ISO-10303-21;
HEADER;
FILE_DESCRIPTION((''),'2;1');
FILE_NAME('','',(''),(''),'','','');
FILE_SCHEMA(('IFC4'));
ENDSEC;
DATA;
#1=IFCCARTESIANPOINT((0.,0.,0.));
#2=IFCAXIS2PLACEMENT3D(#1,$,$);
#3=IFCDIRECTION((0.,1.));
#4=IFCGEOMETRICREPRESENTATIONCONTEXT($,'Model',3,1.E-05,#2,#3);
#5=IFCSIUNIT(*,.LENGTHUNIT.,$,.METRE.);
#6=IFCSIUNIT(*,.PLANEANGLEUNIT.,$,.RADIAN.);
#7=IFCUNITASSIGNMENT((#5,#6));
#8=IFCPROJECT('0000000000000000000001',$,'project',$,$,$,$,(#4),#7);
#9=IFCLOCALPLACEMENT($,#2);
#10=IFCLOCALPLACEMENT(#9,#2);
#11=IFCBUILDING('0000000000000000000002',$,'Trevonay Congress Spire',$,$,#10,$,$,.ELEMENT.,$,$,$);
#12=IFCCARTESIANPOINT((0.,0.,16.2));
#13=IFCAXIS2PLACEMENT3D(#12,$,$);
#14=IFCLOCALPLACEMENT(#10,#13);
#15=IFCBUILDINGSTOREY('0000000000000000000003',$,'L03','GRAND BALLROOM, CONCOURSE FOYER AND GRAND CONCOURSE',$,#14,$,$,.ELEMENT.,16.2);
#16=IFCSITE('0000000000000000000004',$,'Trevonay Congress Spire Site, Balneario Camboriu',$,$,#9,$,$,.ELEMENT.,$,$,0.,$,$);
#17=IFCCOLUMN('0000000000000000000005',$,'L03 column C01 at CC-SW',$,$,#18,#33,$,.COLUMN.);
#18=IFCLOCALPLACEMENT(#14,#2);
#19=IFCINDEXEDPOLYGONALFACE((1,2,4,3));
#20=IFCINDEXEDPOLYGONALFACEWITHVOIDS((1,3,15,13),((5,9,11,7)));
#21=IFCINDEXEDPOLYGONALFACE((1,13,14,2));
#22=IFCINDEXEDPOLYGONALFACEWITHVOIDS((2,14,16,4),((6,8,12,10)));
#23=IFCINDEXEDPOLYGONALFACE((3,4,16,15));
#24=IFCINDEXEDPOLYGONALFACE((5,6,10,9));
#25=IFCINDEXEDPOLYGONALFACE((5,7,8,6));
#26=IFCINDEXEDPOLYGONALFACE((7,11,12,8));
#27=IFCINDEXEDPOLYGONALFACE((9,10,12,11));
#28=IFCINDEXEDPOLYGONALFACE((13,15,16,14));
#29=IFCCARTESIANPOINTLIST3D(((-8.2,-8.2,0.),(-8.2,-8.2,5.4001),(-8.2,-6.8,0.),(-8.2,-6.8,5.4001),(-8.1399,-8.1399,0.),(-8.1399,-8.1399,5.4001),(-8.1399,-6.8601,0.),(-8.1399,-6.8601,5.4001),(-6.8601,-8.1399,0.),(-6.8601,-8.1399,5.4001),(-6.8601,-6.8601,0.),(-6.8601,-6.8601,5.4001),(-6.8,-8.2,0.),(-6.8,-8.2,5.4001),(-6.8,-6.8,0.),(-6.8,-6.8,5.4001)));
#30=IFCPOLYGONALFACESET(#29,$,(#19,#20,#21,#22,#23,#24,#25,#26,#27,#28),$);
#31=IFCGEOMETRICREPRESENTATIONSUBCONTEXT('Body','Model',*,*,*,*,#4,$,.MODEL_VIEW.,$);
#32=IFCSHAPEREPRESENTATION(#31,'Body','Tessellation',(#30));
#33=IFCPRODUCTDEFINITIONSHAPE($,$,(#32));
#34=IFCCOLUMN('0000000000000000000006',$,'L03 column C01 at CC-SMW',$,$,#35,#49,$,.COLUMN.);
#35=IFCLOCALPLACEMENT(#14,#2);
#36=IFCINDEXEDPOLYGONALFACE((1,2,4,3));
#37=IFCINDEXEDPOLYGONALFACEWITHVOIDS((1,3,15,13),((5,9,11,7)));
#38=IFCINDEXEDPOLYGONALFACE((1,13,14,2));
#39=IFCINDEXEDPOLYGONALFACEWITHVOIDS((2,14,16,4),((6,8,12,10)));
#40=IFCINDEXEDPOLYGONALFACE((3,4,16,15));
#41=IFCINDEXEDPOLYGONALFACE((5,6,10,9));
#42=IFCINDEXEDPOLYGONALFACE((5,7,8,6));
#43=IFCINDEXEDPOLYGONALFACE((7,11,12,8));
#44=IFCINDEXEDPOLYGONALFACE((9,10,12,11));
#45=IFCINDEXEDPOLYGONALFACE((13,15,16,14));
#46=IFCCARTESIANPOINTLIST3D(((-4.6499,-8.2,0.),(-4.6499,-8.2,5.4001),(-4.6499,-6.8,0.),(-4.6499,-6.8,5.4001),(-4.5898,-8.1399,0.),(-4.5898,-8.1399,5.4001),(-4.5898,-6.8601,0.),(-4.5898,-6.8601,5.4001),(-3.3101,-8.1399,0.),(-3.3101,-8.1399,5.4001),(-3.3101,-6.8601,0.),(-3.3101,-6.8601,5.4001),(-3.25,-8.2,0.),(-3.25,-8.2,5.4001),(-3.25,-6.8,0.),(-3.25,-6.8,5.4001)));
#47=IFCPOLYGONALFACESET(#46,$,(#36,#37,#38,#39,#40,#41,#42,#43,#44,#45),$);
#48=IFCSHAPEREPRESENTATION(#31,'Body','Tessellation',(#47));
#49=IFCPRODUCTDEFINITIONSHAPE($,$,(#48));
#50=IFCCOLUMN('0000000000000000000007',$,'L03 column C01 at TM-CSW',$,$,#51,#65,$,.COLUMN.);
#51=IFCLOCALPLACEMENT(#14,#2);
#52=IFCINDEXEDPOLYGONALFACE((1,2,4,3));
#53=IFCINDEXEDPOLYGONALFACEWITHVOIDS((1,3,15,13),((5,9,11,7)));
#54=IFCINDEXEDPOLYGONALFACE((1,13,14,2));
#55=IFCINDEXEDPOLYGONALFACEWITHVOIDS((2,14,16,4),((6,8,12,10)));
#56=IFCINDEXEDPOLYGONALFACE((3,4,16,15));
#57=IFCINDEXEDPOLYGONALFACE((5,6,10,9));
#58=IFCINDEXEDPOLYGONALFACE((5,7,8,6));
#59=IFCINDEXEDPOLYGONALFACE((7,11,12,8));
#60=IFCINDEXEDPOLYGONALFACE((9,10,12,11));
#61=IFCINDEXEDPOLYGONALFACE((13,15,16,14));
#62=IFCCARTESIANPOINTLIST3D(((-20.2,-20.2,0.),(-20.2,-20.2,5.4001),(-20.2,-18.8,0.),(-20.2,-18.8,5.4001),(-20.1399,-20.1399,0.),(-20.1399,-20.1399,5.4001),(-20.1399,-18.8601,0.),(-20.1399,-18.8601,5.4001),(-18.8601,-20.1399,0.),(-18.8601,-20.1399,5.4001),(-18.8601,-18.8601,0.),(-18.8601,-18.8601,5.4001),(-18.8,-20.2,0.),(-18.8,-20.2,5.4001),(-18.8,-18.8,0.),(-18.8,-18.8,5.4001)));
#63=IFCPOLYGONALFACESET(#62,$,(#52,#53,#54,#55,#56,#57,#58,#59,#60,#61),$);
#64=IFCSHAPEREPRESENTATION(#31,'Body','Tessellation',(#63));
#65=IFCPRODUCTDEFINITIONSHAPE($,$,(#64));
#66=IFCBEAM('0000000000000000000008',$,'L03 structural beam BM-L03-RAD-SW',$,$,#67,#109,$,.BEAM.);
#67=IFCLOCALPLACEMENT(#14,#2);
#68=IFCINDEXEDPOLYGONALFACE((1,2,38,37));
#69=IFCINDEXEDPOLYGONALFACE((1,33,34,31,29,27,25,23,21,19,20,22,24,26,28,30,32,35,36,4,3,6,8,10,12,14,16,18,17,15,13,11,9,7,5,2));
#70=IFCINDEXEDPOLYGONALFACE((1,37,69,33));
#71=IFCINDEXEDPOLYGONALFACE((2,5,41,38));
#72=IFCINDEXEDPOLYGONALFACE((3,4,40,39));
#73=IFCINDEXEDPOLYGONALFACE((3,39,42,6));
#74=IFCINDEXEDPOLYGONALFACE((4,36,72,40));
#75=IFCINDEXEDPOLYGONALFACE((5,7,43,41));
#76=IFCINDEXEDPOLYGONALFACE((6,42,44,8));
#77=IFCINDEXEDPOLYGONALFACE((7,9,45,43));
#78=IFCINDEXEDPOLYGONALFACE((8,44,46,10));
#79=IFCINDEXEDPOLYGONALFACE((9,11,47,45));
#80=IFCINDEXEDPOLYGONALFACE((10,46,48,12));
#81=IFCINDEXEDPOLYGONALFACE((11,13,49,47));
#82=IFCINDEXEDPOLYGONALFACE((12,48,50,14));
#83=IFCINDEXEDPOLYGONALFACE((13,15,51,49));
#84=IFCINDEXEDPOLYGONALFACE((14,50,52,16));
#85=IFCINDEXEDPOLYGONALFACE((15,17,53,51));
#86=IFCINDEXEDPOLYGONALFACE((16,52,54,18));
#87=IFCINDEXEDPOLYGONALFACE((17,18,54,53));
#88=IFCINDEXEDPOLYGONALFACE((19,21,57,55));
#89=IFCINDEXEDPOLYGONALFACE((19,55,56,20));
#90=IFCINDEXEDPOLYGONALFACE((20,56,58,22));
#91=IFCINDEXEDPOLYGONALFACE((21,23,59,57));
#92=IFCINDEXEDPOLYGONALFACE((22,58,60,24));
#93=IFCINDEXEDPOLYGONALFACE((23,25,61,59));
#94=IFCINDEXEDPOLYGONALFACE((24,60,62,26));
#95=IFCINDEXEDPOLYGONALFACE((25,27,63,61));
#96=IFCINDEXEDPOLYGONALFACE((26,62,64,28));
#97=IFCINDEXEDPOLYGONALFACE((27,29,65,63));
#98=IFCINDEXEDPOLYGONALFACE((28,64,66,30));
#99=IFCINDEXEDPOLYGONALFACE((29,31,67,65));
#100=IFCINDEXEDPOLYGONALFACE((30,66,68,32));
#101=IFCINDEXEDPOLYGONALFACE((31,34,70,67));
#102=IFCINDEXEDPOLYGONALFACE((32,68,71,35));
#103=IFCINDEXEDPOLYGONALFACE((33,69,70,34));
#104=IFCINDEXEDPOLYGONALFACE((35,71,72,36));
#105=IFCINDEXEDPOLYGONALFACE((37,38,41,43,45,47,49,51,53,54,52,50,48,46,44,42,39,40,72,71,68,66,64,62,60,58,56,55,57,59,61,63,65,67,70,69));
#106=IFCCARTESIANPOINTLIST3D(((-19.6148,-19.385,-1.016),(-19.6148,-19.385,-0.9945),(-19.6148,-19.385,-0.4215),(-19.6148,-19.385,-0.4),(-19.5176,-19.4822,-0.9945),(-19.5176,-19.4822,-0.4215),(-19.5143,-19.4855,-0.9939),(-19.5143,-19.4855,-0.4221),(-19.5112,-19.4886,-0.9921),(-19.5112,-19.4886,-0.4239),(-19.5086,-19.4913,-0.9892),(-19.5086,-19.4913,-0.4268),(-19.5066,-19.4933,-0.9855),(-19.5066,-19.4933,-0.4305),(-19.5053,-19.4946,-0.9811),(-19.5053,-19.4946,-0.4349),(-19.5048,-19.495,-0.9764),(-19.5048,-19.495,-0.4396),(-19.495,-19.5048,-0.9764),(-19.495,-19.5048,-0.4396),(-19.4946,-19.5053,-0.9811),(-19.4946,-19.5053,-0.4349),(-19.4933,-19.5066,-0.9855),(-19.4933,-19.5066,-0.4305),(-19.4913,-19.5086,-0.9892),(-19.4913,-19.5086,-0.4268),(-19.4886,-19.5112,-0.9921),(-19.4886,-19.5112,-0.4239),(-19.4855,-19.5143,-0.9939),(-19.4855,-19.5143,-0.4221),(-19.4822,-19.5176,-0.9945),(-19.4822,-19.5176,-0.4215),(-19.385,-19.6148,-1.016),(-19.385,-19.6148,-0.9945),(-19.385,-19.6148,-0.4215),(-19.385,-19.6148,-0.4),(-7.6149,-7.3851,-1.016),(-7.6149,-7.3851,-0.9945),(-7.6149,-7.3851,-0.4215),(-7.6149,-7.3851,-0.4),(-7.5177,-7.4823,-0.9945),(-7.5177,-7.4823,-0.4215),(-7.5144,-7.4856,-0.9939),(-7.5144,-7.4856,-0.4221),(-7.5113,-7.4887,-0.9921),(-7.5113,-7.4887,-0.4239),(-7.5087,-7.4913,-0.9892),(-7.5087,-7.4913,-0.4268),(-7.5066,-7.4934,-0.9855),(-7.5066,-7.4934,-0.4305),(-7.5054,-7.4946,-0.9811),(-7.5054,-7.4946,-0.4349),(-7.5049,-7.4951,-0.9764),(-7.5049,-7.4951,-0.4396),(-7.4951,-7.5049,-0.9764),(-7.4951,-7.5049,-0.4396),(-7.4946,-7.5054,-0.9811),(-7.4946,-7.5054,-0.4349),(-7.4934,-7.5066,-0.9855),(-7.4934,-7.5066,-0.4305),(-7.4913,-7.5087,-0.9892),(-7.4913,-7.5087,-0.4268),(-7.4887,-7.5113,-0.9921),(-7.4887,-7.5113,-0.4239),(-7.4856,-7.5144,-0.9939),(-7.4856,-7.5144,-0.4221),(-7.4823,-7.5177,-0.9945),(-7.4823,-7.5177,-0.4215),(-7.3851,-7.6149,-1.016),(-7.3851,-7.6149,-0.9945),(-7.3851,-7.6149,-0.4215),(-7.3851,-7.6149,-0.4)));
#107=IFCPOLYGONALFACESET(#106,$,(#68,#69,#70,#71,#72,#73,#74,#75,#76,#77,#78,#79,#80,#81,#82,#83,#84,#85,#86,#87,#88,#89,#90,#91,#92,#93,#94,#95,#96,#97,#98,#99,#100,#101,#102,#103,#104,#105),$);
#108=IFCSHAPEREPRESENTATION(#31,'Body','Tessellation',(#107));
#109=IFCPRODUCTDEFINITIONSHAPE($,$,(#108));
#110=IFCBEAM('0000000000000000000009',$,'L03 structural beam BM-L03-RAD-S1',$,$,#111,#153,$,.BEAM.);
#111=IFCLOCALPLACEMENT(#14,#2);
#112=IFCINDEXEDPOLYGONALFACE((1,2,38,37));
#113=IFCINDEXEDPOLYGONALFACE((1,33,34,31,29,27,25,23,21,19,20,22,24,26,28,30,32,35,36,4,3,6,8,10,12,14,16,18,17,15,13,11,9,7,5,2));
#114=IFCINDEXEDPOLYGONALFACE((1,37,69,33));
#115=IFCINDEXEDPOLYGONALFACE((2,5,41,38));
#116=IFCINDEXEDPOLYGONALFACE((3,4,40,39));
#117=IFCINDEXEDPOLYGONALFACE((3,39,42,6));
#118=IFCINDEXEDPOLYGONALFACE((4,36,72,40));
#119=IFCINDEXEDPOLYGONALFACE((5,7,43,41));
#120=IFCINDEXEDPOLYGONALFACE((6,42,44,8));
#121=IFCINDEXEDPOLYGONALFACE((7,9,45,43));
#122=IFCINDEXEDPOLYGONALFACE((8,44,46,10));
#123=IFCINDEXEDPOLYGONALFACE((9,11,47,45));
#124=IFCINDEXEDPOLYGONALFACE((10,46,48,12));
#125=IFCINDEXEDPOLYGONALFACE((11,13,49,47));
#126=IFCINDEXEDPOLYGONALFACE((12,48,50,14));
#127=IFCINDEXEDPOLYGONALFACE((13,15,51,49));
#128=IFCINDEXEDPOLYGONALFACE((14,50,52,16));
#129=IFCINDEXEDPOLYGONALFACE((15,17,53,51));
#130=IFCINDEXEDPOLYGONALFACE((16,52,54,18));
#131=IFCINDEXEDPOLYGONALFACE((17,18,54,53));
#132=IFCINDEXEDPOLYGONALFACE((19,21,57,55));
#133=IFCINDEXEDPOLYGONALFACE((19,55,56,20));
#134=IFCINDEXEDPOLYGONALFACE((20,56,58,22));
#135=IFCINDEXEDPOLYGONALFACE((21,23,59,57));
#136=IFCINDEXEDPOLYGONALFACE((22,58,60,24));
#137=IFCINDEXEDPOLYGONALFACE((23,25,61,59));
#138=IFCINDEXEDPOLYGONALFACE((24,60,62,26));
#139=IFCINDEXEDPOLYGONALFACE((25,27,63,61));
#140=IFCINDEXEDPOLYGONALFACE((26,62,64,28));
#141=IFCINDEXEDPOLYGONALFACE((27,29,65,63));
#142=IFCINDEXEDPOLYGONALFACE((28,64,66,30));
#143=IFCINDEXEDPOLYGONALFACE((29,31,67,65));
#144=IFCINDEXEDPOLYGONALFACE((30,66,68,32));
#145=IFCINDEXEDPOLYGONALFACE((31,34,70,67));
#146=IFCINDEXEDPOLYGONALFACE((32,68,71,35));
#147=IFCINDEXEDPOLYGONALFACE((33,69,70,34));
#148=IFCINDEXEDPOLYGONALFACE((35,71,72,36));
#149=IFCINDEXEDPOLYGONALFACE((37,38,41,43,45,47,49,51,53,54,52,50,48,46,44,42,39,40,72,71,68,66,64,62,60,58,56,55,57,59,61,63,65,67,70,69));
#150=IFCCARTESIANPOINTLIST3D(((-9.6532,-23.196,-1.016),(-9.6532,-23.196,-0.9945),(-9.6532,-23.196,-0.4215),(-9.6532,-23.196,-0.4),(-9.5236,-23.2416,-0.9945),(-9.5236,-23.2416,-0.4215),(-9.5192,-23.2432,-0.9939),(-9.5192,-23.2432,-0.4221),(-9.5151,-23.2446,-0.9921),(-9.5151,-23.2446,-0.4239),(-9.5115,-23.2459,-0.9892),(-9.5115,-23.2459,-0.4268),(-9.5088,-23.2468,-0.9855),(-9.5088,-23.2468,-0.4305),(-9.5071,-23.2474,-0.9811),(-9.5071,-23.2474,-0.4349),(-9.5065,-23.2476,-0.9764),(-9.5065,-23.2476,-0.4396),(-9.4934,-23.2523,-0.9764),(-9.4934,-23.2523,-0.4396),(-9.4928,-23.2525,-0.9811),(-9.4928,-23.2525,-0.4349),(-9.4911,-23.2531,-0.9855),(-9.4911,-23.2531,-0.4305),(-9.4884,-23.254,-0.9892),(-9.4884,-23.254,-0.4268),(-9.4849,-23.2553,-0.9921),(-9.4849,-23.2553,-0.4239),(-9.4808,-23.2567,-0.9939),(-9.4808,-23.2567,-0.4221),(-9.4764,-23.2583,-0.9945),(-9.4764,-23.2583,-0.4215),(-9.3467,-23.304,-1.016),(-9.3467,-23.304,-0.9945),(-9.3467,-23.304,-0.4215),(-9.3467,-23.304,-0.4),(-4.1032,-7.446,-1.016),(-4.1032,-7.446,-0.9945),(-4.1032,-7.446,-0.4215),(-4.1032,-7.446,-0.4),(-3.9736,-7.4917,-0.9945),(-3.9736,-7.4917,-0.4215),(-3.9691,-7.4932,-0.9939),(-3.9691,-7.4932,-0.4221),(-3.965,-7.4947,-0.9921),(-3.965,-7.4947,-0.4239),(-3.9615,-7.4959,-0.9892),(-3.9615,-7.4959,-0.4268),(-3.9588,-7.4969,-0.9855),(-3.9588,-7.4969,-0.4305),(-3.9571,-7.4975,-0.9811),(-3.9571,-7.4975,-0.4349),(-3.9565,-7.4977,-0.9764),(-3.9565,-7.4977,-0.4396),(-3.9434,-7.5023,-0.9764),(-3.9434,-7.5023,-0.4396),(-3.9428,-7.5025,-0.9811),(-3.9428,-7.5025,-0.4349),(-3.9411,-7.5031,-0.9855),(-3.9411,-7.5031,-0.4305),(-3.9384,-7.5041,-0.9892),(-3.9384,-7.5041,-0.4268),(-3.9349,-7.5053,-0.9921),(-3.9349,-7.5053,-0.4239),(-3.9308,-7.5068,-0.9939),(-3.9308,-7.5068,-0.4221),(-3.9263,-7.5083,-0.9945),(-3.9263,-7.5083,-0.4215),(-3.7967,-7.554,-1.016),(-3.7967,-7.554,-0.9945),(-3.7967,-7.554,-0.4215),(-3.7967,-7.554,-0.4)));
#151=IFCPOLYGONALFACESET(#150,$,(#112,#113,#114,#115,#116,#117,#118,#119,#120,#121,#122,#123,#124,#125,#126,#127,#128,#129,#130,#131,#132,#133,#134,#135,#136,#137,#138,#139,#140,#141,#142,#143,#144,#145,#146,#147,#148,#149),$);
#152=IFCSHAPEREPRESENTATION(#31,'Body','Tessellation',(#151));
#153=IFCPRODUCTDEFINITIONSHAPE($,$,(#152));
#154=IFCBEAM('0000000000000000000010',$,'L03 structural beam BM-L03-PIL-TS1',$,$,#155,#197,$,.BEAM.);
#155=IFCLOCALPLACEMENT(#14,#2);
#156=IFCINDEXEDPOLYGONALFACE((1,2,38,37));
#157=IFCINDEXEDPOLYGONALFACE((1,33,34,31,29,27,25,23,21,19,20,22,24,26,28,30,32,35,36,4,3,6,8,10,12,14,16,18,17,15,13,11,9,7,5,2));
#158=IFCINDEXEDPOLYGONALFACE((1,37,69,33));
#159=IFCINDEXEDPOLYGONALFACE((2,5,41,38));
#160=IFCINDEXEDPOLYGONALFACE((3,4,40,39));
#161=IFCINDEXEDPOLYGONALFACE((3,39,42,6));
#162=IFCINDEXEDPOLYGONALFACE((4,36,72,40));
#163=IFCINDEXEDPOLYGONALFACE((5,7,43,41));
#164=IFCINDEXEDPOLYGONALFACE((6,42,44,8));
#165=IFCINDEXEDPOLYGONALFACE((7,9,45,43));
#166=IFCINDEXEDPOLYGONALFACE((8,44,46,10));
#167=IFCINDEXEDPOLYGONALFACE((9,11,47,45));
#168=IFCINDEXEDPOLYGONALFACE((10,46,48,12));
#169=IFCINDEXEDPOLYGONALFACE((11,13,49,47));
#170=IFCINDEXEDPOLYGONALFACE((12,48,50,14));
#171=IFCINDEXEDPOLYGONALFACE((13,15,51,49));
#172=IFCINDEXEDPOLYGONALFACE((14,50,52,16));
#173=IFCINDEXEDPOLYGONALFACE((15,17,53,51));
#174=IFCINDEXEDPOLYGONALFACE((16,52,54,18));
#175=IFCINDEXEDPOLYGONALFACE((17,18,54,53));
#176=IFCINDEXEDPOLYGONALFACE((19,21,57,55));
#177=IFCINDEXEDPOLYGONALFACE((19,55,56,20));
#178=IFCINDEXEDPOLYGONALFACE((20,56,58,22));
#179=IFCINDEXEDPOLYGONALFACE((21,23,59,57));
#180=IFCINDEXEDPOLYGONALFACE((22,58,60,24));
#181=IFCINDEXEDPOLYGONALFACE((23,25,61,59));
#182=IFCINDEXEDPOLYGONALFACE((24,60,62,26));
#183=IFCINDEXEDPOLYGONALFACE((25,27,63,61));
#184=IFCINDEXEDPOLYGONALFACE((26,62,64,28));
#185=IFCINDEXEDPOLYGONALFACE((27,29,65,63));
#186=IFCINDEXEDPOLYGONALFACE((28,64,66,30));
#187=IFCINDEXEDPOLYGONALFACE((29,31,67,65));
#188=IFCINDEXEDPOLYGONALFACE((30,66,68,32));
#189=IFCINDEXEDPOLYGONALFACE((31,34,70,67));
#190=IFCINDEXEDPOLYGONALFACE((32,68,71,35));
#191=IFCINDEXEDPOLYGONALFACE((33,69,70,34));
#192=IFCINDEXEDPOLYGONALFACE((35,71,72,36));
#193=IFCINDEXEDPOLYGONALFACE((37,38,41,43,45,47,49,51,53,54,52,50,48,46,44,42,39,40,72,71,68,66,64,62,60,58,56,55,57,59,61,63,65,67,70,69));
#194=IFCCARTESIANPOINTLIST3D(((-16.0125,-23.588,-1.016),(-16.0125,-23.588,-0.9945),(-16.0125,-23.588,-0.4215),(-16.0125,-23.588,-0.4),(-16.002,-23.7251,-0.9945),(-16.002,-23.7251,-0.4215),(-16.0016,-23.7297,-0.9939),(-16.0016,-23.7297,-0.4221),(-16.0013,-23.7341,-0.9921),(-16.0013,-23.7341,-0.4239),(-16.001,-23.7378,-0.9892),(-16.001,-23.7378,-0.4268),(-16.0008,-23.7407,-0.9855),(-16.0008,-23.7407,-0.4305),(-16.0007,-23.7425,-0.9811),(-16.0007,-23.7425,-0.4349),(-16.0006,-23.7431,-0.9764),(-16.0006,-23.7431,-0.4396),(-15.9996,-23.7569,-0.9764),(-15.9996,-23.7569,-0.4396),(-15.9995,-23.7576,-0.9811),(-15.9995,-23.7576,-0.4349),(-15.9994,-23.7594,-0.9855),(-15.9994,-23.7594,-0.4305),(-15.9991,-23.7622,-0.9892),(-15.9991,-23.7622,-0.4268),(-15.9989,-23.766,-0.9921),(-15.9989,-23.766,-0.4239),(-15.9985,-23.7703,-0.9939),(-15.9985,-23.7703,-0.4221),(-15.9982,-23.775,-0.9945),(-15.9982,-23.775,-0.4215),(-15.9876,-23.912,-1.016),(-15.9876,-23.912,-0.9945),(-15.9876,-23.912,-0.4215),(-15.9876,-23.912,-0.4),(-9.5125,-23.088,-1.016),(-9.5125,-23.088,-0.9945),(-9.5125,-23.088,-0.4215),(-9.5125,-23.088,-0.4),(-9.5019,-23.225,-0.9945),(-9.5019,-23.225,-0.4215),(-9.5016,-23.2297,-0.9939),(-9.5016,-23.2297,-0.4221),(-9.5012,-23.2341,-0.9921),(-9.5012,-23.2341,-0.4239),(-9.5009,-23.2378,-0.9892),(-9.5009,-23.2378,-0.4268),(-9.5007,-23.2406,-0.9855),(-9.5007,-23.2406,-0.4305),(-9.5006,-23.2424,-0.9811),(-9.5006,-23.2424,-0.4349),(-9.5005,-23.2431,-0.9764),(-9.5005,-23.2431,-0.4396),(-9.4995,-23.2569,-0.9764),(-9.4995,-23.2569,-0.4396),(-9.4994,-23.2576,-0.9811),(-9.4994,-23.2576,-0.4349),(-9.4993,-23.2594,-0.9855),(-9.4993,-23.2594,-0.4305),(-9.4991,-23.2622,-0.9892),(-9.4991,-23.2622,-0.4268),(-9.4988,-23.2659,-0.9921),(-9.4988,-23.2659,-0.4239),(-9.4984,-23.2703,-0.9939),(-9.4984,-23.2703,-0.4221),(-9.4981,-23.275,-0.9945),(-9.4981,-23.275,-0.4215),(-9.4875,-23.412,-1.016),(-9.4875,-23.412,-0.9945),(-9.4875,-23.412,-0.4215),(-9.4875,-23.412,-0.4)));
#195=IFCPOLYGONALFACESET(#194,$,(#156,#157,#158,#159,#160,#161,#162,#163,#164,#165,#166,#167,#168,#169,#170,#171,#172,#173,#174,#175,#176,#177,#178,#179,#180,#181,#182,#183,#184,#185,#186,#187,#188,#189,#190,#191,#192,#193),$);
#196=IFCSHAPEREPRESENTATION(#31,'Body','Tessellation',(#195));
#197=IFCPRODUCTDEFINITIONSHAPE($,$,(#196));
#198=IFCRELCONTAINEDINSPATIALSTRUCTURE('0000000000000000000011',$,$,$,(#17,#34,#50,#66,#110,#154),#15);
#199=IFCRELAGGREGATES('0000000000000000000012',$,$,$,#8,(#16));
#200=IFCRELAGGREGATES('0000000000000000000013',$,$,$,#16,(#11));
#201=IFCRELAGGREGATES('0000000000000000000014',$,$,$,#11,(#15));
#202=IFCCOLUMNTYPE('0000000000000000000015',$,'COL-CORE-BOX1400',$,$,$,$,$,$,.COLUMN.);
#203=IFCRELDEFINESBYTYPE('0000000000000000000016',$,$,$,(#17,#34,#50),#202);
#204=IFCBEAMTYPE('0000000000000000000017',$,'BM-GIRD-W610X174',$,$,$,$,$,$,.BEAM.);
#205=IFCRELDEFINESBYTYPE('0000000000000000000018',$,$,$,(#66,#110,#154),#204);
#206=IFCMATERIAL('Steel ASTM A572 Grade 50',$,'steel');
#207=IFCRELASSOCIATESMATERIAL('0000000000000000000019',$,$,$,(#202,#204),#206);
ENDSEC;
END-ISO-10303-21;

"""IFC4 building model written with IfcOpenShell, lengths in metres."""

from ifc_helpers import new_model, si_unit, direction, frame, origin, origin_2d, place, context, subcontext, project, spatial, hollow_rectangle, i_section, extrude, material, material_profile, profile_set, type_object, element, save


model = new_model("IFC4")

# Units and contexts
model_context = context("Model", 3, precision=1e-05, world=origin(), true_north=direction((0.0, 1.0)))
body_context = subcontext(model_context, "Body", "Model", "MODEL_VIEW")
ifc_project = project(units=[si_unit("LENGTHUNIT", "METRE"), si_unit("PLANEANGLEUNIT", "RADIAN")], contexts=[model_context])

# Site, building, storey
site_placement = place(None, origin())
site = spatial("IfcSite", under=ifc_project, at=site_placement, Name="Trevonay Congress Spire Site, Balneario Camboriu", CompositionType="ELEMENT", RefElevation=0.0)
building_placement = place(site_placement, origin())
building = spatial("IfcBuilding", under=site, at=building_placement, Name="Trevonay Congress Spire", CompositionType="ELEMENT")
storey_placement = place(building_placement, frame((0.0, 0.0, 16.2)))
storey = spatial("IfcBuildingStorey", under=building, at=storey_placement, Name="L03", Description="GRAND BALLROOM, CONCOURSE FOYER AND GRAND CONCOURSE", CompositionType="ELEMENT", Elevation=16.2)

# Columns
ifc_material_1 = material(Name="Steel ASTM A572 Grade 50", Category="steel")
ifc_material_profile_1 = material_profile(ifc_material_1, hollow_rectangle(XDim=1.3999, YDim=1.3999, WallThickness=0.0601, at=origin_2d()), Name="BOX 1400x1400x60")
ifc_profile_set_1 = profile_set([ifc_material_profile_1], Name="Steel ASTM A572 Grade 50")
column_type = type_object("IfcColumnType", Name="COL-CORE-BOX1400", PredefinedType="COLUMN", material=ifc_profile_set_1)
for number, where, z_axis, x_axis, name in (
    (1, (-7.5, -7.5, 0.0), (0.0, 0.0, 1.0), (1.0, 0.0, 0.0), "L03 column C01 at CC-SW"),
    (2, (-3.95, -7.5, 0.0), (0.0, 0.0, 1.0), (1.0, 0.0, 0.0), "L03 column C01 at CC-SMW"),
    (3, (-19.5, -19.5, 0.0), (0.0, 0.0, 1.0), (1.0, 0.0, 0.0), "L03 column C01 at TM-CSW"),
):
    element("IfcColumn", number, at=place(storey_placement, frame(where, z_axis=z_axis, x_axis=x_axis)), inside=storey, type_object=column_type, Name=name, PredefinedType="COLUMN", context=body_context, shape_type="SweptSolid", body=[
        extrude(hollow_rectangle(XDim=1.3999, YDim=1.3999, WallThickness=0.0601, at=origin_2d()), origin(), (0.0, 0.0, 1.0), 5.4001),
    ])

# Beams
ifc_material_profile_2 = material_profile(ifc_material_1, i_section(OverallWidth=0.325, OverallDepth=0.616, WebThickness=0.0139, FlangeThickness=0.0215, FilletRadius=0.0181, at=origin_2d()), Name="W610x174")
ifc_profile_set_2 = profile_set([ifc_material_profile_2], Name="Steel ASTM A572 Grade 50")
beam_type_1 = type_object("IfcBeamType", Name="BM-GIRD-W610X174", PredefinedType="BEAM", material=ifc_profile_set_2)
beam_1_placement = place(storey_placement, frame((-7.5, -7.5, -0.708), z_axis=(-0.707107, -0.707107, 0.0), x_axis=(0.707107, -0.707107, 0.0)))
element("IfcBeam", 4, at=beam_1_placement, inside=storey, type_object=beam_type_1, Name="L03 structural beam BM-L03-RAD-SW", PredefinedType="BEAM", context=body_context, shape_type="SweptSolid", body=[
    extrude(i_section(OverallWidth=0.325, OverallDepth=0.616, WebThickness=0.0139, FlangeThickness=0.0215, FilletRadius=0.0181, at=origin_2d()), origin(), (0.0, 0.0, 1.0), 16.9705),
])
beam_2_placement = place(storey_placement, frame((-3.95, -7.5, -0.708), z_axis=(-0.332353, -0.943155, 0.0), x_axis=(0.943155, -0.332353, 0.0)))
element("IfcBeam", 5, at=beam_2_placement, inside=storey, type_object=beam_type_1, Name="L03 structural beam BM-L03-RAD-S1", PredefinedType="BEAM", context=body_context, shape_type="SweptSolid", body=[
    extrude(i_section(OverallWidth=0.325, OverallDepth=0.616, WebThickness=0.0139, FlangeThickness=0.0215, FilletRadius=0.0181, at=origin_2d()), origin(), (0.0, 0.0, 1.0), 16.6992),
])
beam_3_placement = place(storey_placement, frame((-9.5, -23.25, -0.708), z_axis=(-0.997054, -0.076696, 0.0), x_axis=(0.076696, -0.997054, 0.0)))
element("IfcBeam", 6, at=beam_3_placement, inside=storey, type_object=beam_type_1, Name="L03 structural beam BM-L03-PIL-TS1", PredefinedType="BEAM", context=body_context, shape_type="SweptSolid", body=[
    extrude(i_section(OverallWidth=0.325, OverallDepth=0.616, WebThickness=0.0139, FlangeThickness=0.0215, FilletRadius=0.0181, at=origin_2d()), origin(), (0.0, 0.0, 1.0), 6.5193),
])

save(model, "model.ifc")
